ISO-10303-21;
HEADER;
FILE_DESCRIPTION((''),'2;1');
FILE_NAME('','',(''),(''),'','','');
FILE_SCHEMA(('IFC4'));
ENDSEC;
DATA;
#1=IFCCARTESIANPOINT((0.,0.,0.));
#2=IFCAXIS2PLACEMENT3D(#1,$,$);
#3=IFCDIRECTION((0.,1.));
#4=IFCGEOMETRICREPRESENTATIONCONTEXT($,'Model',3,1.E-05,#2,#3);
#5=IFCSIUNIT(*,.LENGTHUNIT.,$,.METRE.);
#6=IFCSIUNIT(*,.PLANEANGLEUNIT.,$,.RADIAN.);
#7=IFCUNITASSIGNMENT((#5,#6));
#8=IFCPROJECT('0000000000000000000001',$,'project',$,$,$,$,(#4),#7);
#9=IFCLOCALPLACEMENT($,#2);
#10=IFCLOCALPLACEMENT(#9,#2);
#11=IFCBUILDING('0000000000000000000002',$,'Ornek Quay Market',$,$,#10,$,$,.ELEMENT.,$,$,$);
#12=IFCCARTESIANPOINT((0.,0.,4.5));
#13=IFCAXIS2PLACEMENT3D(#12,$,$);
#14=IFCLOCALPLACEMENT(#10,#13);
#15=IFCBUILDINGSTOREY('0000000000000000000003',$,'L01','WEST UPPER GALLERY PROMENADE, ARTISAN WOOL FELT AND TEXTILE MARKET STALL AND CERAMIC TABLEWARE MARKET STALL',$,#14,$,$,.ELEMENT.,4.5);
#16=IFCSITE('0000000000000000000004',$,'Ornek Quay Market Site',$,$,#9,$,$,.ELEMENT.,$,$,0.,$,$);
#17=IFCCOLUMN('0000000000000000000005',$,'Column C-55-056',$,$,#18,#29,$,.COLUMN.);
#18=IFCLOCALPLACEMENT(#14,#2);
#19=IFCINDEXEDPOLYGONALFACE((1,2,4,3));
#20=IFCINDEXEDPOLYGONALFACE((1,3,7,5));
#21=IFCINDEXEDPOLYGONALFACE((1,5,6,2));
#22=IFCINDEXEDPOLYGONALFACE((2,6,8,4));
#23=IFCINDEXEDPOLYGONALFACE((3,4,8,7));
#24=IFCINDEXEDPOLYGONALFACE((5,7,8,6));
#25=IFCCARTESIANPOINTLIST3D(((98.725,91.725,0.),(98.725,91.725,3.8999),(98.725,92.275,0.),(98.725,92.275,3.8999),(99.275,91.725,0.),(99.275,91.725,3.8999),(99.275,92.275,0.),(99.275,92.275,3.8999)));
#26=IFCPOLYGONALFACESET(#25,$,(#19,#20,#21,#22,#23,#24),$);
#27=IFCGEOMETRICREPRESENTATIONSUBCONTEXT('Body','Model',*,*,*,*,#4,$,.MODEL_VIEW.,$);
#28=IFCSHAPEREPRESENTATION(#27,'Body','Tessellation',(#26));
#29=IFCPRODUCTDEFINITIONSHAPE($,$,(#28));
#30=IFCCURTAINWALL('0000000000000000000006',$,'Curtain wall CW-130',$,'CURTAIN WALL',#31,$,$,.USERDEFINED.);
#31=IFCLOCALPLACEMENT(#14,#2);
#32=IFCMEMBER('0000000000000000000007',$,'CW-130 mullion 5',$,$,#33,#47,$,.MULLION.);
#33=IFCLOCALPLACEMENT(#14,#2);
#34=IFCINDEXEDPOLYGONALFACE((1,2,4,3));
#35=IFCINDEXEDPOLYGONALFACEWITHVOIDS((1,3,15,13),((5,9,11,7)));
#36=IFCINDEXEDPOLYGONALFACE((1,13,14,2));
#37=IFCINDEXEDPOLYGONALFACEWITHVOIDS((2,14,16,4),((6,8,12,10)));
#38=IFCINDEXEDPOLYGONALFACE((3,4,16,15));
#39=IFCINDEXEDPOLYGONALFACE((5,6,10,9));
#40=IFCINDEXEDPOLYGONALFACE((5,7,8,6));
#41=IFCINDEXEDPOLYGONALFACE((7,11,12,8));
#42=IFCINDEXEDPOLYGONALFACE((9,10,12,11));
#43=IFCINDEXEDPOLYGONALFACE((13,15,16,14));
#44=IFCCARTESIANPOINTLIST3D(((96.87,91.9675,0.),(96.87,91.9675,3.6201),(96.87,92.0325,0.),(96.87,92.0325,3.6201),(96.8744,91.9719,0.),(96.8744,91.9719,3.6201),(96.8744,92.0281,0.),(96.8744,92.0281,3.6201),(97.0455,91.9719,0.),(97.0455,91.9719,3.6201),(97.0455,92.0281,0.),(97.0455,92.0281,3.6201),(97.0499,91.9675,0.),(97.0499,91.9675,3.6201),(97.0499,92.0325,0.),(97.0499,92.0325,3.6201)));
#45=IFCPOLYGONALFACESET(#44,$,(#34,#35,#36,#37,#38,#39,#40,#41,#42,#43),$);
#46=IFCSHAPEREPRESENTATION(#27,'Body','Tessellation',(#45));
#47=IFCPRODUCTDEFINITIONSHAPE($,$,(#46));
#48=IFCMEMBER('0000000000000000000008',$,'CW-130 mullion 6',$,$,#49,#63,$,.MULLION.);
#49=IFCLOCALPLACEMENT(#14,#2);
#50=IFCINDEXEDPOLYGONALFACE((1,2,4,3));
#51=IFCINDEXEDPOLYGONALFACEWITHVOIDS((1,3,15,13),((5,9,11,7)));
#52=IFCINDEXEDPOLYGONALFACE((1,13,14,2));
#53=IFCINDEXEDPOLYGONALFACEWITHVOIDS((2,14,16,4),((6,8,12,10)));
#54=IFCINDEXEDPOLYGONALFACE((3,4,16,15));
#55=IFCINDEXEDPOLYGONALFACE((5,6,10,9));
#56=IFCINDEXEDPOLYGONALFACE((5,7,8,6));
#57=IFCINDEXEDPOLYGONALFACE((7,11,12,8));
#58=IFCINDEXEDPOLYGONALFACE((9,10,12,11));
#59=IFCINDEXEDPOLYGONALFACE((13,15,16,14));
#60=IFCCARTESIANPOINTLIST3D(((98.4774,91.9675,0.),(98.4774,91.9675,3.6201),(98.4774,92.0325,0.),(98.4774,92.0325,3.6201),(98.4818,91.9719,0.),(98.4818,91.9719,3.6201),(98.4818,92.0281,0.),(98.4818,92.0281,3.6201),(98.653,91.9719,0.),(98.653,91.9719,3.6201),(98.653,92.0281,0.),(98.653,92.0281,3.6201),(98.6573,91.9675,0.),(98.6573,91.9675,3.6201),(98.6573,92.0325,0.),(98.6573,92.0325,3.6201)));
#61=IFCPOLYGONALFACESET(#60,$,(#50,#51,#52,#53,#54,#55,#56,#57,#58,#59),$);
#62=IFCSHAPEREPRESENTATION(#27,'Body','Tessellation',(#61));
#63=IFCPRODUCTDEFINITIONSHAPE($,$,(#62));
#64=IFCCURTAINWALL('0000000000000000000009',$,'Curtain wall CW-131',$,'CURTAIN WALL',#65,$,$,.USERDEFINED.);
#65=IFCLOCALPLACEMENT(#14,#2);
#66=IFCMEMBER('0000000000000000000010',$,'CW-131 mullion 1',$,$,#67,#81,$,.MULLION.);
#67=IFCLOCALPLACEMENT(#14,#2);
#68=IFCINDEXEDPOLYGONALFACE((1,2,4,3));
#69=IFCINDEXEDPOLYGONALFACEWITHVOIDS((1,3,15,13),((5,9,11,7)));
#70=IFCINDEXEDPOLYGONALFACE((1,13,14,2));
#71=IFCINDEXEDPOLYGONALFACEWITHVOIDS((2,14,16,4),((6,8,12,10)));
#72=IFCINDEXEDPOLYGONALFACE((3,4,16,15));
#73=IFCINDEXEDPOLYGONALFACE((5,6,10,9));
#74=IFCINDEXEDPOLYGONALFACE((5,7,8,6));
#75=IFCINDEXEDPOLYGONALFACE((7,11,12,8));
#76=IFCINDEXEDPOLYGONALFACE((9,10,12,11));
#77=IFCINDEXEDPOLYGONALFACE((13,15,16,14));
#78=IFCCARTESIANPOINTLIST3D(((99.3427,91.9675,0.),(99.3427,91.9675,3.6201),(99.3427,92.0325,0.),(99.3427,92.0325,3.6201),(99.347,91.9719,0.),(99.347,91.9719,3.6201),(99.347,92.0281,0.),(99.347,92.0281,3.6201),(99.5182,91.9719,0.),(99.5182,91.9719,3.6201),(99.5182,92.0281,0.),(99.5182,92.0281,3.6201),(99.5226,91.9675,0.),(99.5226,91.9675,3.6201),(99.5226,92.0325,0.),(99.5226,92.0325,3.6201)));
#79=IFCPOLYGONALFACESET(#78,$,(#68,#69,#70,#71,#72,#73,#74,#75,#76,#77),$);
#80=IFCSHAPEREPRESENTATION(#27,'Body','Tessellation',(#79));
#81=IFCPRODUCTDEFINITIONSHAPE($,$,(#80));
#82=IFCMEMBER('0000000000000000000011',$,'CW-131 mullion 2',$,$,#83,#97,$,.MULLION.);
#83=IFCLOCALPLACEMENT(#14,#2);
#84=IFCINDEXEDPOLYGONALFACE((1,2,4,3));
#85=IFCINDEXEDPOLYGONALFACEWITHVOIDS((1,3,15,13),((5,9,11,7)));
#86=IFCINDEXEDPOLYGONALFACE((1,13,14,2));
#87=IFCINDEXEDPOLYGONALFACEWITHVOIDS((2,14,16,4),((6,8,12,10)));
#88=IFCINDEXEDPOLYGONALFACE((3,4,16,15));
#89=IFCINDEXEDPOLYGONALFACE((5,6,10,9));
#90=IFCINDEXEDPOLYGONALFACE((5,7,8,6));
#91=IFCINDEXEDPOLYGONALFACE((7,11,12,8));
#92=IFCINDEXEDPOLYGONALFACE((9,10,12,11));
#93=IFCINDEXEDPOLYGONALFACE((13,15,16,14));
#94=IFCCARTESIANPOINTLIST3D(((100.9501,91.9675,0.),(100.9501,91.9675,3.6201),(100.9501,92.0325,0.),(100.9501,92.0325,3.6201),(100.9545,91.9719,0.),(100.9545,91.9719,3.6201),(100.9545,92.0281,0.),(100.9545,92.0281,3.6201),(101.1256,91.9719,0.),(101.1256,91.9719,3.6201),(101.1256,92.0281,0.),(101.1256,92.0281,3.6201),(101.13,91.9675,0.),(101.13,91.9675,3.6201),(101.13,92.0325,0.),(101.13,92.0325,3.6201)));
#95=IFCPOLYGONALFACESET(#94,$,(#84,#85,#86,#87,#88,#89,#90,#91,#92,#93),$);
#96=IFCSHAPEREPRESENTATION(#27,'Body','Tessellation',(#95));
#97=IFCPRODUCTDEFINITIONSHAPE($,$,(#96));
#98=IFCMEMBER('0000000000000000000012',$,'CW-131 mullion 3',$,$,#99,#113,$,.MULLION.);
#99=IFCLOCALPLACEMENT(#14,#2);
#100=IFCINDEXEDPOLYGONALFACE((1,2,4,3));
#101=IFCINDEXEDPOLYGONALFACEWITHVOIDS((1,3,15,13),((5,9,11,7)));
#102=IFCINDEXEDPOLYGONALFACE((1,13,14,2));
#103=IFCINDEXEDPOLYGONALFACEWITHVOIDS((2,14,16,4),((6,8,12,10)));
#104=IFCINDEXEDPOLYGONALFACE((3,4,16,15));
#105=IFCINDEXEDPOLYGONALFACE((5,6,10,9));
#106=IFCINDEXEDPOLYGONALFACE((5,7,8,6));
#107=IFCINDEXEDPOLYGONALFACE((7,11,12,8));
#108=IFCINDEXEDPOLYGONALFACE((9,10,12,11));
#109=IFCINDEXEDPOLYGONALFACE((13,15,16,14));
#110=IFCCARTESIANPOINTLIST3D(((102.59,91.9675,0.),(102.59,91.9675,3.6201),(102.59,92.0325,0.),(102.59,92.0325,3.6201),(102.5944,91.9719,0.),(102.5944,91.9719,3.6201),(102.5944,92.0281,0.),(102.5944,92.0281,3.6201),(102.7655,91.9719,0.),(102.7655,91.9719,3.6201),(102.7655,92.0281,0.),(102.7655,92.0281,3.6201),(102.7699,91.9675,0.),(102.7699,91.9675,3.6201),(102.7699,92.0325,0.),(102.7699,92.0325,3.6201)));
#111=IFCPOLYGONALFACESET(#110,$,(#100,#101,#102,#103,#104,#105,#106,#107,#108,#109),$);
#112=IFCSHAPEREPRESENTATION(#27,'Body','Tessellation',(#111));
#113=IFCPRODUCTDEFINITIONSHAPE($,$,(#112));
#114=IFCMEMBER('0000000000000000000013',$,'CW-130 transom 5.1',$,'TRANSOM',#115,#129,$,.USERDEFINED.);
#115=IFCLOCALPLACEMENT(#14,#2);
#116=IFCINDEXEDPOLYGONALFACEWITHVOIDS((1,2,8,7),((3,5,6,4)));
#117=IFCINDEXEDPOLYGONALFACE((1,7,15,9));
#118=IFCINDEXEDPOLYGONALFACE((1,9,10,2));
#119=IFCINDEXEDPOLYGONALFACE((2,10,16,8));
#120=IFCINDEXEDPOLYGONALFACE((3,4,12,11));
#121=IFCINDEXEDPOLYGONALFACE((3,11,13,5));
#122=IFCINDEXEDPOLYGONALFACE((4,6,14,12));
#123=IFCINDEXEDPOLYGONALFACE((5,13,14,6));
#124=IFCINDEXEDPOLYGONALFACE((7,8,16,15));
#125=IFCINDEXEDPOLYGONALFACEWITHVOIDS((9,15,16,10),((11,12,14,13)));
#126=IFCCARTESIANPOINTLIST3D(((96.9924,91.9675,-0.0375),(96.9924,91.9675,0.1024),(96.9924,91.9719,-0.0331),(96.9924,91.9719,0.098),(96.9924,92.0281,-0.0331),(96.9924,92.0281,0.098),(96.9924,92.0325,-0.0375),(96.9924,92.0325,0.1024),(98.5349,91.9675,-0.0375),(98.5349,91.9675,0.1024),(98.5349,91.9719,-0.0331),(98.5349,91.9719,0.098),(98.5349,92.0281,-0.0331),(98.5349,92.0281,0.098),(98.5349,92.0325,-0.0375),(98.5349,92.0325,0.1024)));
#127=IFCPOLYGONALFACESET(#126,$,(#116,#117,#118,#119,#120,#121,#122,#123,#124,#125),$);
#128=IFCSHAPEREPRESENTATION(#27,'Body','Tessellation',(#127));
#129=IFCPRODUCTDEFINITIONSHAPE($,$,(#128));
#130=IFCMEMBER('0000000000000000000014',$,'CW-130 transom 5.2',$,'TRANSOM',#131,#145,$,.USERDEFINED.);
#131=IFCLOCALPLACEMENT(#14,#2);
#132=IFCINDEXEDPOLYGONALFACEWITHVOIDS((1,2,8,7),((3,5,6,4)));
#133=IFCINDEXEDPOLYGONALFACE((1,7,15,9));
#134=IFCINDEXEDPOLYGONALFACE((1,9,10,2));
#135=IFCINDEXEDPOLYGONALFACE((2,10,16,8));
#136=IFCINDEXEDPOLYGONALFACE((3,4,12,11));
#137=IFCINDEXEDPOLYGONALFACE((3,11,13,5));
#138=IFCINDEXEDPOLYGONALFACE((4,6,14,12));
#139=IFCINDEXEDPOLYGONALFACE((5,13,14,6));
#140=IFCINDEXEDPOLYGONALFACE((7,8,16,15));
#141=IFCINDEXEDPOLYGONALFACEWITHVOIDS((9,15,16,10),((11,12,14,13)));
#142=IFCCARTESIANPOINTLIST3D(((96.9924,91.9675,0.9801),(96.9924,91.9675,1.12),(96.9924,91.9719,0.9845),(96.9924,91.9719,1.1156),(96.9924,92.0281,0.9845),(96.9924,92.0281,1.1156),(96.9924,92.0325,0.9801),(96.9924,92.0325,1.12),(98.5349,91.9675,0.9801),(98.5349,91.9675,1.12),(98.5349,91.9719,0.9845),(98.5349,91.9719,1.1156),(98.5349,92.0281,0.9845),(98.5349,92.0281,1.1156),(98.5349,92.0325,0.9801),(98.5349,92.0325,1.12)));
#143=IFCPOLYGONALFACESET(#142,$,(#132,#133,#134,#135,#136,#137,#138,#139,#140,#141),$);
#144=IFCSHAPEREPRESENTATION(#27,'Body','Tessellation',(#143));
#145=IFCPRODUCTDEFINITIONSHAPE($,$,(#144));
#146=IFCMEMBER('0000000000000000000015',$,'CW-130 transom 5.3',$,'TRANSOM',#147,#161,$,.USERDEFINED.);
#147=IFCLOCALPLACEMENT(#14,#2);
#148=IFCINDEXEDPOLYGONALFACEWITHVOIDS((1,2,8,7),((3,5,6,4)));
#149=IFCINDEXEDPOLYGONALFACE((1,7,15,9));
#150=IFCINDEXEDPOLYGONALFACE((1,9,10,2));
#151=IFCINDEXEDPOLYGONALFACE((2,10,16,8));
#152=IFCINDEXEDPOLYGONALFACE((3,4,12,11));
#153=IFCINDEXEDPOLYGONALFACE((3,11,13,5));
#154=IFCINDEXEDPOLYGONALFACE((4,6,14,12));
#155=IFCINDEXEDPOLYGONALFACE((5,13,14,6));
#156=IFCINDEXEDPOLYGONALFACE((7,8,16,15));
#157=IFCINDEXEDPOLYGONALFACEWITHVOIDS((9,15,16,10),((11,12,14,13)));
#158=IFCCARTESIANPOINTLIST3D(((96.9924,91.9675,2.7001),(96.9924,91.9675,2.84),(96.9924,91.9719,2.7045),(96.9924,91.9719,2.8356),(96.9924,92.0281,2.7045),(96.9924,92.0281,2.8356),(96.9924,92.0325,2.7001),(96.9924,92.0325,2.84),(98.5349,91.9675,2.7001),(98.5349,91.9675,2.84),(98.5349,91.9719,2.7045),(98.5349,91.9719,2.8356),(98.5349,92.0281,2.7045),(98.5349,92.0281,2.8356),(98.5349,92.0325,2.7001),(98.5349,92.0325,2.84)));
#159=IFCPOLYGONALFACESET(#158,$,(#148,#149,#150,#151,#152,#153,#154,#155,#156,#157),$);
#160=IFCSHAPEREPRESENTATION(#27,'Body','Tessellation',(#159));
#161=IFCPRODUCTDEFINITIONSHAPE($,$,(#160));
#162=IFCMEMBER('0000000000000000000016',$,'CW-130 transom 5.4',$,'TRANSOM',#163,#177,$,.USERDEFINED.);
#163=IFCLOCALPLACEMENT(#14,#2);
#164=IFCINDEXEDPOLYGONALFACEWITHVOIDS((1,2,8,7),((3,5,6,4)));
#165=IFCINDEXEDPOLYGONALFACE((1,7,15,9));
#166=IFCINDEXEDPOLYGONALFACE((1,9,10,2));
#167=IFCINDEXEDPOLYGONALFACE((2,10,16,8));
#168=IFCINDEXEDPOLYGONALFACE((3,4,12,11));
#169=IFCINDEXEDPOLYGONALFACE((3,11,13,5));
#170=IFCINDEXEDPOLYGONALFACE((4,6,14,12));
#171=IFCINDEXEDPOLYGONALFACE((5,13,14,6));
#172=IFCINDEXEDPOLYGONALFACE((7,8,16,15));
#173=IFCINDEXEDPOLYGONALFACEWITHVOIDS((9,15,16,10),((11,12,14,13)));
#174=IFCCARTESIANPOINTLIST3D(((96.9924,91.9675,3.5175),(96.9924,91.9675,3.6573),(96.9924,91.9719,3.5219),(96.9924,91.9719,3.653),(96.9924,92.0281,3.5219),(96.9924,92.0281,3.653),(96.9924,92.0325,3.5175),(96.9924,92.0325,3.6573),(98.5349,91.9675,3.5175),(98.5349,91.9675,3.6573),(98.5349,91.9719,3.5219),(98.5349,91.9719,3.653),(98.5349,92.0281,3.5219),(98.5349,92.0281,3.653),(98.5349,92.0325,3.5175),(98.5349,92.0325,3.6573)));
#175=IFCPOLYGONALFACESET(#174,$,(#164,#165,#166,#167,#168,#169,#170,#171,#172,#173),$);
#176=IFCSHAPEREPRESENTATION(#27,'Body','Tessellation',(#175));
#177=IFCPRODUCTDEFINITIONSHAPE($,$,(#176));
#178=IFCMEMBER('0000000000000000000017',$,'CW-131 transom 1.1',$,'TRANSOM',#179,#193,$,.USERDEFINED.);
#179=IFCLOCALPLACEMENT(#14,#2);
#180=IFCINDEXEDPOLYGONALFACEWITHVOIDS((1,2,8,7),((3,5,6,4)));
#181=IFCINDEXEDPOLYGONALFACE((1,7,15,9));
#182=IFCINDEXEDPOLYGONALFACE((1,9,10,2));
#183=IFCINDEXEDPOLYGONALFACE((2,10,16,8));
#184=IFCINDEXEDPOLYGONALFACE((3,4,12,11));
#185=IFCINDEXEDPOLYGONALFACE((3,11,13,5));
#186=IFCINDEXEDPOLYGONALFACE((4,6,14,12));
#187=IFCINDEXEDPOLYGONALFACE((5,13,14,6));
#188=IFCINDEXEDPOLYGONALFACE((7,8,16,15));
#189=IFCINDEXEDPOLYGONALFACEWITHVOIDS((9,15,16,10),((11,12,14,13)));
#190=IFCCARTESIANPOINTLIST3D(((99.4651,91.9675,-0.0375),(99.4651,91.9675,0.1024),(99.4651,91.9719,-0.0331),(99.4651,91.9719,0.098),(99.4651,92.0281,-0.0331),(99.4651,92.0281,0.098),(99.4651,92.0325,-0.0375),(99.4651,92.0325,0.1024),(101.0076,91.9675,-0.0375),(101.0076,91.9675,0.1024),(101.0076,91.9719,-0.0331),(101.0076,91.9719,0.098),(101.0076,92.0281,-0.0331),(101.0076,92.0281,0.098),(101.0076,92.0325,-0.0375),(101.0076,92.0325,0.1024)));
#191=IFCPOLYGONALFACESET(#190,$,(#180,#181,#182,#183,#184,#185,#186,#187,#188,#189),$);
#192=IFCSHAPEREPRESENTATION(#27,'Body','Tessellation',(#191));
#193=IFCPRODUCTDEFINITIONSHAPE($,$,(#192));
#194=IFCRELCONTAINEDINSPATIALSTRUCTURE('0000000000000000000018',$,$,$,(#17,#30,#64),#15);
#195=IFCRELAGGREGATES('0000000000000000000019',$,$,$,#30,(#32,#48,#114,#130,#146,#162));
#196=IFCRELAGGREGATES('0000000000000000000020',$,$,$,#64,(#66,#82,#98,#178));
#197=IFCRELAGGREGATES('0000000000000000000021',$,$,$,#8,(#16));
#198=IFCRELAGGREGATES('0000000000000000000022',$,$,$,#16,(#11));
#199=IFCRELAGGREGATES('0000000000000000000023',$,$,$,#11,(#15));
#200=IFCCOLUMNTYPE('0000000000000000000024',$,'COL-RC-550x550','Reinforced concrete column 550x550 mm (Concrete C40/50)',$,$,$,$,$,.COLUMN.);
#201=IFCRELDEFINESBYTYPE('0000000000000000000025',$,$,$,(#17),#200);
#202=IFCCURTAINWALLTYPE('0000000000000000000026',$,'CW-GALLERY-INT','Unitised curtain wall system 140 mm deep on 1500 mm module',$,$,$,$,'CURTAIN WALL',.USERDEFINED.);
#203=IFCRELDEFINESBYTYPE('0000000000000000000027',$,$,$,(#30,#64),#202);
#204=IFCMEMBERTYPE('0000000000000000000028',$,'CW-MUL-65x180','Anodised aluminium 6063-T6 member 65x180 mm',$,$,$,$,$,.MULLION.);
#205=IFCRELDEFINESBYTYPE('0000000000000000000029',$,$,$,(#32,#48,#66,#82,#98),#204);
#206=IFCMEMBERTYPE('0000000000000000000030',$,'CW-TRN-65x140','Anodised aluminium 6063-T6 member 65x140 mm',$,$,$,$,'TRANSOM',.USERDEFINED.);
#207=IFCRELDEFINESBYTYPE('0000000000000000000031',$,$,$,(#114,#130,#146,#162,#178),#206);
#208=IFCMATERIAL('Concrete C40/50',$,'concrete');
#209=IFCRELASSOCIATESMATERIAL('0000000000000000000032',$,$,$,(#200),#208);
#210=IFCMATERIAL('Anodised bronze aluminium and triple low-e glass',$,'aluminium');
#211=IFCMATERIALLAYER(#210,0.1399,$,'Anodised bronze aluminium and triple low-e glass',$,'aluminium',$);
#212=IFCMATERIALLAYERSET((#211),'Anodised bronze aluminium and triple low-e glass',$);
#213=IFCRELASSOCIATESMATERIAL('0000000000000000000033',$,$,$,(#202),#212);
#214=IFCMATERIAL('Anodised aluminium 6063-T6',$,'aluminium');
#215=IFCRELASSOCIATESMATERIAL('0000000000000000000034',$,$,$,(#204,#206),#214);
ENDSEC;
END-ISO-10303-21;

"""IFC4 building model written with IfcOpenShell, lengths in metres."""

from ifc_helpers import new_model, si_unit, direction, frame, origin, origin_2d, place, context, subcontext, project, spatial, rectangle, hollow_rectangle, extrude, material, layer, layer_set, material_profile, profile_set, type_object, element, aggregate, save


model = new_model("IFC4")

# Units and contexts
model_context = context("Model", 3, precision=1e-05, world=origin(), true_north=direction((0.0, 1.0)))
body_context = subcontext(model_context, "Body", "Model", "MODEL_VIEW")
ifc_project = project(units=[si_unit("LENGTHUNIT", "METRE"), si_unit("PLANEANGLEUNIT", "RADIAN")], contexts=[model_context])

# Site, building, storey
site_placement = place(None, origin())
site = spatial("IfcSite", under=ifc_project, at=site_placement, Name="Ornek Quay Market Site", CompositionType="ELEMENT", RefElevation=0.0)
building_placement = place(site_placement, origin())
building = spatial("IfcBuilding", under=site, at=building_placement, Name="Ornek Quay Market", CompositionType="ELEMENT")
storey_placement = place(building_placement, frame((0.0, 0.0, 4.5)))
storey = spatial("IfcBuildingStorey", under=building, at=storey_placement, Name="L01", Description="WEST UPPER GALLERY PROMENADE, ARTISAN WOOL FELT AND TEXTILE MARKET STALL AND CERAMIC TABLEWARE MARKET STALL", CompositionType="ELEMENT", Elevation=4.5)

# Column
ifc_material_1 = material(Name="Concrete C40/50", Category="concrete")
ifc_material_profile_1 = material_profile(ifc_material_1, rectangle(XDim=0.55, YDim=0.55, at=origin_2d()), Name="RC 550x550", Category="concrete")
ifc_profile_set_1 = profile_set([ifc_material_profile_1], Name="Concrete C40/50")
column_type = type_object("IfcColumnType", Name="COL-RC-550x550", Description="Reinforced concrete column 550x550 mm (Concrete C40/50)", PredefinedType="COLUMN", material=ifc_profile_set_1)
column_placement = place(storey_placement, frame((99.0, 92.0, 0.0), z_axis=(0.0, 0.0, 1.0), x_axis=(1.0, 0.0, 0.0)))
element("IfcColumn", 1, at=column_placement, inside=storey, type_object=column_type, Name="Column C-55-056", PredefinedType="COLUMN", context=body_context, shape_type="SweptSolid", body=[
    extrude(rectangle(XDim=0.55, YDim=0.55, at=origin_2d()), origin(), (0.0, 0.0, 1.0), 3.8999),
])

# Curtain walls, members
ifc_material_2 = material(Name="Anodised bronze aluminium and triple low-e glass", Category="aluminium")
ifc_layer_1 = layer(ifc_material_2, 0.1399, Name="Anodised bronze aluminium and triple low-e glass", Category="aluminium")
ifc_layer_set_1 = layer_set([ifc_layer_1], Name="Anodised bronze aluminium and triple low-e glass")
curtain_wall_type = type_object("IfcCurtainWallType", Name="CW-GALLERY-INT", Description="Unitised curtain wall system 140 mm deep on 1500 mm module", ElementType="CURTAIN WALL", PredefinedType="USERDEFINED", material=ifc_layer_set_1)
curtain_wall_1_placement = place(storey_placement, origin())
curtain_wall_1 = element("IfcCurtainWall", 2, at=curtain_wall_1_placement, inside=storey, type_object=curtain_wall_type, Name="Curtain wall CW-130", ObjectType="CURTAIN WALL", PredefinedType="USERDEFINED")
ifc_material_3 = material(Name="Anodised aluminium 6063-T6", Category="aluminium")
ifc_material_profile_2 = material_profile(ifc_material_3, hollow_rectangle(XDim=0.0649, YDim=0.1799, WallThickness=0.0044, at=origin_2d()), Name="CW-MUL-65x180", Category="aluminium")
ifc_profile_set_2 = profile_set([ifc_material_profile_2], Name="Anodised aluminium 6063-T6")
member_type_1 = type_object("IfcMemberType", Name="CW-MUL-65x180", Description="Anodised aluminium 6063-T6 member 65x180 mm", PredefinedType="MULLION", material=ifc_profile_set_2)
member_1_placement = place(storey_placement, frame((96.96, 92.0, 0.0), z_axis=(0.0, 0.0, 1.0), x_axis=(0.0, 1.0, 0.0)))
member_1 = element("IfcMember", 3, at=member_1_placement, type_object=member_type_1, Name="CW-130 mullion 5", PredefinedType="MULLION", context=body_context, shape_type="SweptSolid", body=[
    extrude(hollow_rectangle(XDim=0.0649, YDim=0.1799, WallThickness=0.0044, at=origin_2d()), origin(), (0.0, 0.0, 1.0), 3.6201),
])
member_2_placement = place(storey_placement, frame((98.5674, 92.0, 0.0), z_axis=(0.0, 0.0, 1.0), x_axis=(0.0, 1.0, 0.0)))
member_2 = element("IfcMember", 4, at=member_2_placement, type_object=member_type_1, Name="CW-130 mullion 6", PredefinedType="MULLION", context=body_context, shape_type="SweptSolid", body=[
    extrude(hollow_rectangle(XDim=0.0649, YDim=0.1799, WallThickness=0.0044, at=origin_2d()), origin(), (0.0, 0.0, 1.0), 3.6201),
])
curtain_wall_2_placement = place(storey_placement, origin())
curtain_wall_2 = element("IfcCurtainWall", 5, at=curtain_wall_2_placement, inside=storey, type_object=curtain_wall_type, Name="Curtain wall CW-131", ObjectType="CURTAIN WALL", PredefinedType="USERDEFINED")
member_3_placement = place(storey_placement, frame((99.4326, 92.0, 0.0), z_axis=(0.0, 0.0, 1.0), x_axis=(0.0, 1.0, 0.0)))
member_3 = element("IfcMember", 6, at=member_3_placement, type_object=member_type_1, Name="CW-131 mullion 1", PredefinedType="MULLION", context=body_context, shape_type="SweptSolid", body=[
    extrude(hollow_rectangle(XDim=0.0649, YDim=0.1799, WallThickness=0.0044, at=origin_2d()), origin(), (0.0, 0.0, 1.0), 3.6201),
])
member_4_placement = place(storey_placement, frame((101.04, 92.0, 0.0), z_axis=(0.0, 0.0, 1.0), x_axis=(0.0, 1.0, 0.0)))
member_4 = element("IfcMember", 7, at=member_4_placement, type_object=member_type_1, Name="CW-131 mullion 2", PredefinedType="MULLION", context=body_context, shape_type="SweptSolid", body=[
    extrude(hollow_rectangle(XDim=0.0649, YDim=0.1799, WallThickness=0.0044, at=origin_2d()), origin(), (0.0, 0.0, 1.0), 3.6201),
])
member_5_placement = place(storey_placement, frame((102.6799, 92.0, 0.0), z_axis=(0.0, 0.0, 1.0), x_axis=(0.0, 1.0, 0.0)))
member_5 = element("IfcMember", 8, at=member_5_placement, type_object=member_type_1, Name="CW-131 mullion 3", PredefinedType="MULLION", context=body_context, shape_type="SweptSolid", body=[
    extrude(hollow_rectangle(XDim=0.0649, YDim=0.1799, WallThickness=0.0044, at=origin_2d()), origin(), (0.0, 0.0, 1.0), 3.6201),
])

# Members
ifc_material_profile_3 = material_profile(ifc_material_3, hollow_rectangle(XDim=0.0649, YDim=0.1399, WallThickness=0.0044, at=origin_2d()), Name="CW-TRN-65x140", Category="aluminium")
ifc_profile_set_3 = profile_set([ifc_material_profile_3], Name="Anodised aluminium 6063-T6")
member_type_2 = type_object("IfcMemberType", Name="CW-TRN-65x140", Description="Anodised aluminium 6063-T6 member 65x140 mm", ElementType="TRANSOM", PredefinedType="USERDEFINED", material=ifc_profile_set_3)
member_6_placement = place(storey_placement, frame((96.9924, 92.0, 0.0325), z_axis=(1.0, 0.0, 0.0), x_axis=(0.0, 1.0, 0.0)))
member_6 = element("IfcMember", 9, at=member_6_placement, type_object=member_type_2, Name="CW-130 transom 5.1", ObjectType="TRANSOM", PredefinedType="USERDEFINED", context=body_context, shape_type="SweptSolid", body=[
    extrude(hollow_rectangle(XDim=0.0649, YDim=0.1399, WallThickness=0.0044, at=origin_2d()), origin(), (0.0, 0.0, 1.0), 1.5425),
])
member_7_placement = place(storey_placement, frame((96.9924, 92.0, 1.05), z_axis=(1.0, 0.0, 0.0), x_axis=(0.0, 1.0, 0.0)))
member_7 = element("IfcMember", 10, at=member_7_placement, type_object=member_type_2, Name="CW-130 transom 5.2", ObjectType="TRANSOM", PredefinedType="USERDEFINED", context=body_context, shape_type="SweptSolid", body=[
    extrude(hollow_rectangle(XDim=0.0649, YDim=0.1399, WallThickness=0.0044, at=origin_2d()), origin(), (0.0, 0.0, 1.0), 1.5425),
])
member_8_placement = place(storey_placement, frame((96.9924, 92.0, 2.77), z_axis=(1.0, 0.0, 0.0), x_axis=(0.0, 1.0, 0.0)))
member_8 = element("IfcMember", 11, at=member_8_placement, type_object=member_type_2, Name="CW-130 transom 5.3", ObjectType="TRANSOM", PredefinedType="USERDEFINED", context=body_context, shape_type="SweptSolid", body=[
    extrude(hollow_rectangle(XDim=0.0649, YDim=0.1399, WallThickness=0.0044, at=origin_2d()), origin(), (0.0, 0.0, 1.0), 1.5425),
])
member_9_placement = place(storey_placement, frame((96.9924, 92.0, 3.5874), z_axis=(1.0, 0.0, 0.0), x_axis=(0.0, 1.0, 0.0)))
member_9 = element("IfcMember", 12, at=member_9_placement, type_object=member_type_2, Name="CW-130 transom 5.4", ObjectType="TRANSOM", PredefinedType="USERDEFINED", context=body_context, shape_type="SweptSolid", body=[
    extrude(hollow_rectangle(XDim=0.0649, YDim=0.1399, WallThickness=0.0044, at=origin_2d()), origin(), (0.0, 0.0, 1.0), 1.5425),
])
member_10_placement = place(storey_placement, frame((99.4651, 92.0, 0.0325), z_axis=(1.0, 0.0, 0.0), x_axis=(0.0, 1.0, 0.0)))
member_10 = element("IfcMember", 13, at=member_10_placement, type_object=member_type_2, Name="CW-131 transom 1.1", ObjectType="TRANSOM", PredefinedType="USERDEFINED", context=body_context, shape_type="SweptSolid", body=[
    extrude(hollow_rectangle(XDim=0.0649, YDim=0.1399, WallThickness=0.0044, at=origin_2d()), origin(), (0.0, 0.0, 1.0), 1.5425),
])

aggregate(curtain_wall_1, [member_1, member_2, member_6, member_7, member_8, member_9])
aggregate(curtain_wall_2, [member_3, member_4, member_5, member_10])

save(model, "model.ifc")
